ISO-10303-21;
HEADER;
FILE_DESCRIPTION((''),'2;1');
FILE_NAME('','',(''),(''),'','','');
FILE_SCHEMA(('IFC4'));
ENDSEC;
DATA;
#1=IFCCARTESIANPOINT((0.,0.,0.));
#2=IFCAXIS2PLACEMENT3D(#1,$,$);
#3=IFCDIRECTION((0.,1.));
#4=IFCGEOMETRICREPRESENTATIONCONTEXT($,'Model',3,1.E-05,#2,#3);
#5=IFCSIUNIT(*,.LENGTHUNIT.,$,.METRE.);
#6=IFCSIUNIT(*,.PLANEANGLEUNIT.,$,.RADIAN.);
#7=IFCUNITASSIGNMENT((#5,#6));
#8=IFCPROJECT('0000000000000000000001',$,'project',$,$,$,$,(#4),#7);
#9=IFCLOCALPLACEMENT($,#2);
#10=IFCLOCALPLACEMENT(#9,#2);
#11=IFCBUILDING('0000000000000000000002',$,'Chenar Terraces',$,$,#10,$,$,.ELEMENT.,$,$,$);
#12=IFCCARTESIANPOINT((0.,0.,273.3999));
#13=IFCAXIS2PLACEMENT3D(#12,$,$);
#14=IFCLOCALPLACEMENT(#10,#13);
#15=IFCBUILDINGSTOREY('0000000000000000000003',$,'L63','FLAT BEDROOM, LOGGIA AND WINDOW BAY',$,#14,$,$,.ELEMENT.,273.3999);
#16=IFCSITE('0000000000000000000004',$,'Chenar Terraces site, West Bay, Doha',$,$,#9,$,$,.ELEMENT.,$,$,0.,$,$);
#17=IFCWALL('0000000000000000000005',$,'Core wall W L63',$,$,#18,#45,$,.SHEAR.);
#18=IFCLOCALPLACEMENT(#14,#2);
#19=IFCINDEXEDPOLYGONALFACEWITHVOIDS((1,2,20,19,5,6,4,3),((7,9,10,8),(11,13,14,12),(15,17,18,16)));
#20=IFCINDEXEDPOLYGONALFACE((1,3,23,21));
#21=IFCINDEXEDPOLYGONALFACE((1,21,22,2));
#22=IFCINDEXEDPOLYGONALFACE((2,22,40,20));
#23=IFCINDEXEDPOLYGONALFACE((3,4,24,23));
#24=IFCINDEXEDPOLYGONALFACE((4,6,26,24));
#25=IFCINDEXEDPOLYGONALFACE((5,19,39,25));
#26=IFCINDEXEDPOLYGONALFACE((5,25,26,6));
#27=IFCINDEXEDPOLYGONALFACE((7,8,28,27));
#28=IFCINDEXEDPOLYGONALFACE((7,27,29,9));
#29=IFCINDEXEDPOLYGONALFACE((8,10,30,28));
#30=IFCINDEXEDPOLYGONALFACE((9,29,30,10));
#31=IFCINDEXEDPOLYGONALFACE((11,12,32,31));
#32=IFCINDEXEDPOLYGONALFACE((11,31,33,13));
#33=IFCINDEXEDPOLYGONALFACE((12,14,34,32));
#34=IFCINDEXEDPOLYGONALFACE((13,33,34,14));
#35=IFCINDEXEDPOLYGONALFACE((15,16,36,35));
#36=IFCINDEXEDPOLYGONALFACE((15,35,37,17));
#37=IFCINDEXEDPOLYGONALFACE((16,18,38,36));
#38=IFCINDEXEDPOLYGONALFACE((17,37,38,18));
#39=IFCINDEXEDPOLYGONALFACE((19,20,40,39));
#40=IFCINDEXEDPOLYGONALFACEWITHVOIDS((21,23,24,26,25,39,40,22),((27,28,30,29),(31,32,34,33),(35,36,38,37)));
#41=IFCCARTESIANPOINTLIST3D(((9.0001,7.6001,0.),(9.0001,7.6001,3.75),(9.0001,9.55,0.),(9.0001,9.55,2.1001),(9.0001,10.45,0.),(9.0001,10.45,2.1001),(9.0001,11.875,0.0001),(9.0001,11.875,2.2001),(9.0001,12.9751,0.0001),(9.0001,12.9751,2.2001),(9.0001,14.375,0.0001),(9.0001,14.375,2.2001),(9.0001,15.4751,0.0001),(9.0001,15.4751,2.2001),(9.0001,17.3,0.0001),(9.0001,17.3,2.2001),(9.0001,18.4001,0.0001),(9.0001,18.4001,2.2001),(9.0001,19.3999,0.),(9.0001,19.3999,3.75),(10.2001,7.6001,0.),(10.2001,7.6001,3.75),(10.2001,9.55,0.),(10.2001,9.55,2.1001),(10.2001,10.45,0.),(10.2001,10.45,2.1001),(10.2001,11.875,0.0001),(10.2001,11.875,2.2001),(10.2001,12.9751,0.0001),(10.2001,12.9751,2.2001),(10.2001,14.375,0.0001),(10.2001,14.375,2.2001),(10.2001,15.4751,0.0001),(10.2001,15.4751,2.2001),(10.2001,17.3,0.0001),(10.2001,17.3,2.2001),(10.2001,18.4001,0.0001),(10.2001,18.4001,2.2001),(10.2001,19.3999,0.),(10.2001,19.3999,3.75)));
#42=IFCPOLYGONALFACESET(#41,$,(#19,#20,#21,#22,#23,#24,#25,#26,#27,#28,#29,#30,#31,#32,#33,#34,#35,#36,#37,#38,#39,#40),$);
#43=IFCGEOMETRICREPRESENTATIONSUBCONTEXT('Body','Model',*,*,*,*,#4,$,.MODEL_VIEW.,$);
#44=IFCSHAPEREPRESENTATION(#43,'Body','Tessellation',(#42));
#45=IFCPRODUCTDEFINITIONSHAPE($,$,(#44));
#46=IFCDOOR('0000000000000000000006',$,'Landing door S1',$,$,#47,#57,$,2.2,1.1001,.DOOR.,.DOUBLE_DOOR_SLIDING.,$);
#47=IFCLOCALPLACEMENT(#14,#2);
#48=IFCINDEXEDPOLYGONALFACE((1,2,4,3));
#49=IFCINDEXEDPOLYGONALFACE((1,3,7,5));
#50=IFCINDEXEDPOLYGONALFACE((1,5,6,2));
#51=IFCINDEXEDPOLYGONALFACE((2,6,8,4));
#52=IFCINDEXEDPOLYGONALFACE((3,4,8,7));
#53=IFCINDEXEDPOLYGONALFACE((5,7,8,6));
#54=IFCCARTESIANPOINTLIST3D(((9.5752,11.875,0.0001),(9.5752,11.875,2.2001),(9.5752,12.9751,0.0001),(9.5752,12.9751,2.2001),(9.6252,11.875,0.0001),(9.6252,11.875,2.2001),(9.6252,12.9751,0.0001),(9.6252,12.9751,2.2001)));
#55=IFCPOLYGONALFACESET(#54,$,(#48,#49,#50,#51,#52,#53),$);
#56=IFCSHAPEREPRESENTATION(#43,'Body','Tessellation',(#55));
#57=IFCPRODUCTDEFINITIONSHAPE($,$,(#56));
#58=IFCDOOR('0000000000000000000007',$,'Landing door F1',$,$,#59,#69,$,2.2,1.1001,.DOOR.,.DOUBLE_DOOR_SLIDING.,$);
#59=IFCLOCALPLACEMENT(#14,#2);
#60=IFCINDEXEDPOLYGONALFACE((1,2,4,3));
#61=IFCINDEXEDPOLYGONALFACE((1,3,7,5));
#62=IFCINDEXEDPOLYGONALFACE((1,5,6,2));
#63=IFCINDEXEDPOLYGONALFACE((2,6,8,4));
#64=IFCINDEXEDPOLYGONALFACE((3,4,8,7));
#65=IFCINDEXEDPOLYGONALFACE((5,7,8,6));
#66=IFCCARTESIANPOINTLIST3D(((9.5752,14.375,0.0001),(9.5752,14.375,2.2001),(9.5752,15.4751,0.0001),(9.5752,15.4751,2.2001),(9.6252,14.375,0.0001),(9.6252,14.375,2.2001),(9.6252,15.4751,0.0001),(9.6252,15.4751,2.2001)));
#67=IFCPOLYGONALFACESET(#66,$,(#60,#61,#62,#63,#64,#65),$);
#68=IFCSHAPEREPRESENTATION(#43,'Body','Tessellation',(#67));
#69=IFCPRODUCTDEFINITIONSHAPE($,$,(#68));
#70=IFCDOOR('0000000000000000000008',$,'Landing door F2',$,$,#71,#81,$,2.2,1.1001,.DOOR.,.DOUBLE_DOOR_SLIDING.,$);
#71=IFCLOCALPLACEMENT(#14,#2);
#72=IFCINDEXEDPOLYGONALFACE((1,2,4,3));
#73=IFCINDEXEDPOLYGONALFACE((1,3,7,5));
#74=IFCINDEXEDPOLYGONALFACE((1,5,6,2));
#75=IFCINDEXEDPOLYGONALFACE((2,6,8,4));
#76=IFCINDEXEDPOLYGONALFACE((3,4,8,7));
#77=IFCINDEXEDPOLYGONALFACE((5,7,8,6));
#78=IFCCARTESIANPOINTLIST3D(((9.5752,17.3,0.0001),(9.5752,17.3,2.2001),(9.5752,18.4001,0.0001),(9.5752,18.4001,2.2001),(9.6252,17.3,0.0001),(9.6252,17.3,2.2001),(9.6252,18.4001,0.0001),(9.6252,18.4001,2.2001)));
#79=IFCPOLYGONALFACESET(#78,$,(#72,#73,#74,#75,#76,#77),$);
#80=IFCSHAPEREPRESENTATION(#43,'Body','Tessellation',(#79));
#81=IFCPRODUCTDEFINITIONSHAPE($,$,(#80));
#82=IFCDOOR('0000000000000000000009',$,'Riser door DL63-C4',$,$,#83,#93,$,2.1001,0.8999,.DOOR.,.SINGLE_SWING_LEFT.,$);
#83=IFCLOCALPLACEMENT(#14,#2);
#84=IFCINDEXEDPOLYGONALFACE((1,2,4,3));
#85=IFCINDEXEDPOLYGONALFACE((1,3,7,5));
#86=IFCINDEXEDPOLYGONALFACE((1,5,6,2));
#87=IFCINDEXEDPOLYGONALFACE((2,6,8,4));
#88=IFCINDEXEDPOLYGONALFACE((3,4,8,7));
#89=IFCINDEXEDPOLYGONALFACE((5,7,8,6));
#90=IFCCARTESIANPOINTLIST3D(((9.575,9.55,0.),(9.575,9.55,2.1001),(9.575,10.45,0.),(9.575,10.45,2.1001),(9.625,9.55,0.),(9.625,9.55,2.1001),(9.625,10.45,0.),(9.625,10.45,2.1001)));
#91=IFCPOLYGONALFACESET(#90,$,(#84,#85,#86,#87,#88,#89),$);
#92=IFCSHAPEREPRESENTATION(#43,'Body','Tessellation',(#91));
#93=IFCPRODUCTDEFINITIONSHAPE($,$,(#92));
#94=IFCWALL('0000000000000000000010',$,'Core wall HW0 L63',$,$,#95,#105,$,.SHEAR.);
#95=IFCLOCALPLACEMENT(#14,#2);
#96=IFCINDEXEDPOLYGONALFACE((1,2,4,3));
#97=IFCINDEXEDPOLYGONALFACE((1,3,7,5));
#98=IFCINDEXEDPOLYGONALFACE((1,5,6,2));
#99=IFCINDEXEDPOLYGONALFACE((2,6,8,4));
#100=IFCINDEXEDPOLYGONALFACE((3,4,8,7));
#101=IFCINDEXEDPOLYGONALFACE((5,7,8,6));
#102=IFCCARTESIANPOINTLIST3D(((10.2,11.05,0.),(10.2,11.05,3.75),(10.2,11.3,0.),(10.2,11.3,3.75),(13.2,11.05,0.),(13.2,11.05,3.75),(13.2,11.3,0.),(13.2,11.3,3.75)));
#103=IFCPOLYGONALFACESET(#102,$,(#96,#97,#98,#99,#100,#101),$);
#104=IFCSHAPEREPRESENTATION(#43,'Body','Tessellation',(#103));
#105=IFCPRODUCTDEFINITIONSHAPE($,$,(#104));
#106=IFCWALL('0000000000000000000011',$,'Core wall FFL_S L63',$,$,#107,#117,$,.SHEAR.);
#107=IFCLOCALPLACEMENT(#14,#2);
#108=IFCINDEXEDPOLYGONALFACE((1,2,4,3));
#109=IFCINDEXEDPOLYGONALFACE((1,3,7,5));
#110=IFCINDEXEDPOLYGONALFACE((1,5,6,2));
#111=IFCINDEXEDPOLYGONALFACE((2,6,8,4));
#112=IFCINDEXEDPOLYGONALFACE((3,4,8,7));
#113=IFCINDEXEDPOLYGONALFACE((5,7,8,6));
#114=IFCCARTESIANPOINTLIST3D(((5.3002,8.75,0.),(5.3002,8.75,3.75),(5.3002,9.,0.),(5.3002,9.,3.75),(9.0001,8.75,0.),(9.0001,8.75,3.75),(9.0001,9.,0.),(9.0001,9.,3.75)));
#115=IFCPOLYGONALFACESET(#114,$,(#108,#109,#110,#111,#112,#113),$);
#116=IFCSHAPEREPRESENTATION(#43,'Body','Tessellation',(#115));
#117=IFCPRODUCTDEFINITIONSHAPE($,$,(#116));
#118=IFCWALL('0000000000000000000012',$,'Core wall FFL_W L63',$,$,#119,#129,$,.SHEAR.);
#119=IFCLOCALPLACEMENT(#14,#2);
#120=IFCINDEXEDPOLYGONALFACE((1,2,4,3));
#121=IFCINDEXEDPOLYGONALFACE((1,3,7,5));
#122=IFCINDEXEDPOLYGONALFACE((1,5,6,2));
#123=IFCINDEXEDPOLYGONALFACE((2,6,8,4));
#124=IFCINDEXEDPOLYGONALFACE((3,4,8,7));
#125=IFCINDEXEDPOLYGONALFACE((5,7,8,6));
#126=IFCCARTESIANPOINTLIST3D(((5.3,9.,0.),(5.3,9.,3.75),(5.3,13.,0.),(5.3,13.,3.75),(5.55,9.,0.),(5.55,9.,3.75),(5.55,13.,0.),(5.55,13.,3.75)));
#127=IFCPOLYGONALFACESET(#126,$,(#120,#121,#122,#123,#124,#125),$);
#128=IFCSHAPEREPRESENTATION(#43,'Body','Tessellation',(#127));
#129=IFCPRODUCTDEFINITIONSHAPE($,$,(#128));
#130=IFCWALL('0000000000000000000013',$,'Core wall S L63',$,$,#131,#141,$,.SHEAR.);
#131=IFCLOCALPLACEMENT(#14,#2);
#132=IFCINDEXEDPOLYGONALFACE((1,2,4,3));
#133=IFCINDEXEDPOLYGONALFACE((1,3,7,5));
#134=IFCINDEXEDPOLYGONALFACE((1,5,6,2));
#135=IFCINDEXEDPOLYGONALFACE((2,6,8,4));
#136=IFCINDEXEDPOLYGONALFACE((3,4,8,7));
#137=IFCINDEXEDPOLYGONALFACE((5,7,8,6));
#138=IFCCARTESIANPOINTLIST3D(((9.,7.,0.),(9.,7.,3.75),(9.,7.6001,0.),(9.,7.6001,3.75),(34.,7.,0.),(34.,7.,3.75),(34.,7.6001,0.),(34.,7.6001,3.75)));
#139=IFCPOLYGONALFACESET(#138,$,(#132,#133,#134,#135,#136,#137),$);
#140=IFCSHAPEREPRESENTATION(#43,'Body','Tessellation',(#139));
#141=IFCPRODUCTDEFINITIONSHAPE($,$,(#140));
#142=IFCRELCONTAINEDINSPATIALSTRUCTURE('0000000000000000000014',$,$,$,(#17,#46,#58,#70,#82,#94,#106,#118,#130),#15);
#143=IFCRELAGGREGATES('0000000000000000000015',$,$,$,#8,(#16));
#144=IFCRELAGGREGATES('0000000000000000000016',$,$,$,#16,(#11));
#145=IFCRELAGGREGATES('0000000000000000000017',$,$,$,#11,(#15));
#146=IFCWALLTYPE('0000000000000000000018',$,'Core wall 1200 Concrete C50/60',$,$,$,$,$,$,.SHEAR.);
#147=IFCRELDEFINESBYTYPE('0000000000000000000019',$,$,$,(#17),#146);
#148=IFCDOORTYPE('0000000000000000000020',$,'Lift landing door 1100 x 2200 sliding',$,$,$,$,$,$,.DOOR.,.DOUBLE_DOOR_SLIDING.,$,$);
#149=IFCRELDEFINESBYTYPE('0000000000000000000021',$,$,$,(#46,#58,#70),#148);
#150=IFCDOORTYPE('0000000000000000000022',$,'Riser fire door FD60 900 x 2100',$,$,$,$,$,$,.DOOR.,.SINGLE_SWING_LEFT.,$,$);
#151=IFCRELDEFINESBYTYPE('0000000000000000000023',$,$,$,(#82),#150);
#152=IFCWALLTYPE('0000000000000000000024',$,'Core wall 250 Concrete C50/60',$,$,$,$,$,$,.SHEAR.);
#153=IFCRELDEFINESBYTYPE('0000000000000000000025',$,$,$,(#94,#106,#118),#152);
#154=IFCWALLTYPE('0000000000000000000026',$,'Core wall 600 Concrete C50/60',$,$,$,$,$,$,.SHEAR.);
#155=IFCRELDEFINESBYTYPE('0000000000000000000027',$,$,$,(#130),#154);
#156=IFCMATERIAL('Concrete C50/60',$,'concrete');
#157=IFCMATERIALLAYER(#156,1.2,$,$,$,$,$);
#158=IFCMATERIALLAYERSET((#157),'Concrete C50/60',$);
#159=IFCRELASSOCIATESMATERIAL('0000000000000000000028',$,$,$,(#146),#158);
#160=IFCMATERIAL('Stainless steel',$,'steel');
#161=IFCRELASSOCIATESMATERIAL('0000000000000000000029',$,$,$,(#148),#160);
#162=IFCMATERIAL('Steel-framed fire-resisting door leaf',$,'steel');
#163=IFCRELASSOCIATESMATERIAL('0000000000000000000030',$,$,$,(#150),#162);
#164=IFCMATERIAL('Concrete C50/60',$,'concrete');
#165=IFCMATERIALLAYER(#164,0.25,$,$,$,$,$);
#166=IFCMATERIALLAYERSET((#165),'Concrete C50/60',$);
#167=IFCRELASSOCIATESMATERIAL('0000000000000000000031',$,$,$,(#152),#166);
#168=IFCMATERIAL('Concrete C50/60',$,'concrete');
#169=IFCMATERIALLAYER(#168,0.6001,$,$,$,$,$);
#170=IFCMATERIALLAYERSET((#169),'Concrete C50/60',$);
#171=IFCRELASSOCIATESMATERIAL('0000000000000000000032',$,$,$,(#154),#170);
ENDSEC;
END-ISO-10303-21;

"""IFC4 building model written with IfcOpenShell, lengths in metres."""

from ifc_helpers import new_model, si_unit, direction, frame, frame_2d, origin, place, context, subcontext, project, spatial, rectangle, extrude, material, layer, layer_set, type_object, element, fill, save


model = new_model("IFC4")

# Units and contexts
model_context = context("Model", 3, precision=1e-05, world=origin(), true_north=direction((0.0, 1.0)))
body_context = subcontext(model_context, "Body", "Model", "MODEL_VIEW")
ifc_project = project(units=[si_unit("LENGTHUNIT", "METRE"), si_unit("PLANEANGLEUNIT", "RADIAN")], contexts=[model_context])

# Site, building, storey
site_placement = place(None, origin())
site = spatial("IfcSite", under=ifc_project, at=site_placement, Name="Chenar Terraces site, West Bay, Doha", CompositionType="ELEMENT", RefElevation=0.0)
building_placement = place(site_placement, origin())
building = spatial("IfcBuilding", under=site, at=building_placement, Name="Chenar Terraces", CompositionType="ELEMENT")
storey_placement = place(building_placement, frame((0.0, 0.0, 273.3999)))
storey = spatial("IfcBuildingStorey", under=building, at=storey_placement, Name="L63", Description="FLAT BEDROOM, LOGGIA AND WINDOW BAY", CompositionType="ELEMENT", Elevation=273.3999)

# Wall, openings, doors
ifc_material_1 = material(Name="Concrete C50/60", Category="concrete")
ifc_layer_1 = layer(ifc_material_1, 1.2)
ifc_layer_set_1 = layer_set([ifc_layer_1], Name="Concrete C50/60")
wall_type_1 = type_object("IfcWallType", Name="Core wall 1200 Concrete C50/60", PredefinedType="SHEAR", material=ifc_layer_set_1)
wall_1_placement = place(storey_placement, frame((9.6001, 7.6001, 0.0), z_axis=(0.0, 0.0, 1.0), x_axis=(0.0, 1.0, 0.0)))
wall_1 = element("IfcWall", 1, at=wall_1_placement, inside=storey, type_object=wall_type_1, Name="Core wall W L63", PredefinedType="SHEAR", context=body_context, shape_type="SweptSolid", body=[
    extrude(rectangle(XDim=11.7998, YDim=1.2, at=frame_2d((5.8999, 0.0))), origin(), (0.0, 0.0, 1.0), 3.75),
])
opening_1_placement = place(wall_1_placement, frame((4.2749, 0.0, 0.0)))
opening_1 = element("IfcOpeningElement", 2, at=opening_1_placement, cuts=wall_1, PredefinedType="OPENING", context=body_context, shape_type="SweptSolid", body=[
    extrude(rectangle(XDim=1.1001, YDim=2.2, at=frame_2d((0.55, 1.1001))), frame((0.0, 0.6099, 0.0), z_axis=(0.0, -1.0, 0.0), x_axis=(1.0, 0.0, 0.0)), (0.0, 0.0, 1.0), 1.22),
])
opening_2_placement = place(wall_1_placement, frame((6.7749, 0.0, 0.0)))
opening_2 = element("IfcOpeningElement", 3, at=opening_2_placement, cuts=wall_1, PredefinedType="OPENING", context=body_context, shape_type="SweptSolid", body=[
    extrude(rectangle(XDim=1.1001, YDim=2.2, at=frame_2d((0.55, 1.1001))), frame((0.0, 0.6099, 0.0), z_axis=(0.0, -1.0, 0.0), x_axis=(1.0, 0.0, 0.0)), (0.0, 0.0, 1.0), 1.22),
])
opening_3_placement = place(wall_1_placement, frame((9.7, 0.0, 0.0)))
opening_3 = element("IfcOpeningElement", 4, at=opening_3_placement, cuts=wall_1, PredefinedType="OPENING", context=body_context, shape_type="SweptSolid", body=[
    extrude(rectangle(XDim=1.1001, YDim=2.2, at=frame_2d((0.55, 1.1001))), frame((0.0, 0.6099, 0.0), z_axis=(0.0, -1.0, 0.0), x_axis=(1.0, 0.0, 0.0)), (0.0, 0.0, 1.0), 1.22),
])
opening_4_placement = place(wall_1_placement, frame((1.95, 0.0, 0.0)))
opening_4 = element("IfcOpeningElement", 5, at=opening_4_placement, cuts=wall_1, PredefinedType="OPENING", context=body_context, shape_type="SweptSolid", body=[
    extrude(rectangle(XDim=0.8999, YDim=2.1001, at=frame_2d((0.45, 1.05))), frame((0.0, 0.6099, 0.0), z_axis=(0.0, -1.0, 0.0), x_axis=(1.0, 0.0, 0.0)), (0.0, 0.0, 1.0), 1.22),
])
ifc_material_2 = material(Name="Stainless steel", Category="steel")
door_type_1 = type_object("IfcDoorType", Name="Lift landing door 1100 x 2200 sliding", OperationType="DOUBLE_DOOR_SLIDING", PredefinedType="DOOR", material=ifc_material_2)
door_1_placement = place(opening_1_placement, origin())
door_1 = element("IfcDoor", 6, at=door_1_placement, inside=storey, type_object=door_type_1, Name="Landing door S1", OperationType="DOUBLE_DOOR_SLIDING", OverallHeight=2.2, OverallWidth=1.1001, PredefinedType="DOOR", context=body_context, shape_type="SweptSolid", body=[
    extrude(rectangle(XDim=1.1001, YDim=2.2, at=frame_2d((0.55, 1.1001))), frame((0.0, 0.0249, 0.0), z_axis=(0.0, -1.0, 0.0), x_axis=(1.0, 0.0, 0.0)), (0.0, 0.0, 1.0), 0.05),
])
fill(opening_1, door_1)
door_2_placement = place(opening_2_placement, origin())
door_2 = element("IfcDoor", 7, at=door_2_placement, inside=storey, type_object=door_type_1, Name="Landing door F1", OperationType="DOUBLE_DOOR_SLIDING", OverallHeight=2.2, OverallWidth=1.1001, PredefinedType="DOOR", context=body_context, shape_type="SweptSolid", body=[
    extrude(rectangle(XDim=1.1001, YDim=2.2, at=frame_2d((0.55, 1.1001))), frame((0.0, 0.0249, 0.0), z_axis=(0.0, -1.0, 0.0), x_axis=(1.0, 0.0, 0.0)), (0.0, 0.0, 1.0), 0.05),
])
fill(opening_2, door_2)
door_3_placement = place(opening_3_placement, origin())
door_3 = element("IfcDoor", 8, at=door_3_placement, inside=storey, type_object=door_type_1, Name="Landing door F2", OperationType="DOUBLE_DOOR_SLIDING", OverallHeight=2.2, OverallWidth=1.1001, PredefinedType="DOOR", context=body_context, shape_type="SweptSolid", body=[
    extrude(rectangle(XDim=1.1001, YDim=2.2, at=frame_2d((0.55, 1.1001))), frame((0.0, 0.0249, 0.0), z_axis=(0.0, -1.0, 0.0), x_axis=(1.0, 0.0, 0.0)), (0.0, 0.0, 1.0), 0.05),
])
fill(opening_3, door_3)
ifc_material_3 = material(Name="Steel-framed fire-resisting door leaf", Category="steel")
door_type_2 = type_object("IfcDoorType", Name="Riser fire door FD60 900 x 2100", OperationType="SINGLE_SWING_LEFT", PredefinedType="DOOR", material=ifc_material_3)
door_4_placement = place(opening_4_placement, frame((0.8999, 0.0, 0.0), z_axis=(0.0, 0.0, 1.0), x_axis=(-1.0, 0.0, 0.0)))
door_4 = element("IfcDoor", 9, at=door_4_placement, inside=storey, type_object=door_type_2, Name="Riser door DL63-C4", OperationType="SINGLE_SWING_LEFT", OverallHeight=2.1001, OverallWidth=0.8999, PredefinedType="DOOR", context=body_context, shape_type="SweptSolid", body=[
    extrude(rectangle(XDim=0.8999, YDim=2.1001, at=frame_2d((0.45, 1.05))), frame((0.0, 0.0249, 0.0), z_axis=(0.0, -1.0, 0.0), x_axis=(1.0, 0.0, 0.0)), (0.0, 0.0, 1.0), 0.05),
])
fill(opening_4, door_4)

# Walls
ifc_material_4 = material(Name="Concrete C50/60", Category="concrete")
ifc_layer_2 = layer(ifc_material_4, 0.25)
ifc_layer_set_2 = layer_set([ifc_layer_2], Name="Concrete C50/60")
wall_type_2 = type_object("IfcWallType", Name="Core wall 250 Concrete C50/60", PredefinedType="SHEAR", material=ifc_layer_set_2)
wall_2_placement = place(storey_placement, frame((10.2, 11.175, 0.0), z_axis=(0.0, 0.0, 1.0), x_axis=(1.0, 0.0, 0.0)))
element("IfcWall", 10, at=wall_2_placement, inside=storey, type_object=wall_type_2, Name="Core wall HW0 L63", PredefinedType="SHEAR", context=body_context, shape_type="SweptSolid", body=[
    extrude(rectangle(XDim=3.0, YDim=0.25, at=frame_2d((1.5, 0.0))), origin(), (0.0, 0.0, 1.0), 3.75),
])
wall_3_placement = place(storey_placement, frame((5.3, 8.875, 0.0), z_axis=(0.0, 0.0, 1.0), x_axis=(1.0, 0.0, 0.0)))
element("IfcWall", 11, at=wall_3_placement, inside=storey, type_object=wall_type_2, Name="Core wall FFL_S L63", PredefinedType="SHEAR", context=body_context, shape_type="SweptSolid", body=[
    extrude(rectangle(XDim=3.7, YDim=0.25, at=frame_2d((1.8501, 0.0))), origin(), (0.0, 0.0, 1.0), 3.75),
])
wall_4_placement = place(storey_placement, frame((5.425, 9.0, 0.0), z_axis=(0.0, 0.0, 1.0), x_axis=(0.0, 1.0, 0.0)))
element("IfcWall", 12, at=wall_4_placement, inside=storey, type_object=wall_type_2, Name="Core wall FFL_W L63", PredefinedType="SHEAR", context=body_context, shape_type="SweptSolid", body=[
    extrude(rectangle(XDim=4.0, YDim=0.25, at=frame_2d((2.0, 0.0))), origin(), (0.0, 0.0, 1.0), 3.75),
])
ifc_material_5 = material(Name="Concrete C50/60", Category="concrete")
ifc_layer_3 = layer(ifc_material_5, 0.6001)
ifc_layer_set_3 = layer_set([ifc_layer_3], Name="Concrete C50/60")
wall_type_3 = type_object("IfcWallType", Name="Core wall 600 Concrete C50/60", PredefinedType="SHEAR", material=ifc_layer_set_3)
wall_5_placement = place(storey_placement, frame((9.0, 7.3, 0.0), z_axis=(0.0, 0.0, 1.0), x_axis=(1.0, 0.0, 0.0)))
element("IfcWall", 13, at=wall_5_placement, inside=storey, type_object=wall_type_3, Name="Core wall S L63", PredefinedType="SHEAR", context=body_context, shape_type="SweptSolid", body=[
    extrude(rectangle(XDim=25.0, YDim=0.6001, at=frame_2d((12.5, 0.0))), origin(), (0.0, 0.0, 1.0), 3.75),
])

save(model, "model.ifc")
